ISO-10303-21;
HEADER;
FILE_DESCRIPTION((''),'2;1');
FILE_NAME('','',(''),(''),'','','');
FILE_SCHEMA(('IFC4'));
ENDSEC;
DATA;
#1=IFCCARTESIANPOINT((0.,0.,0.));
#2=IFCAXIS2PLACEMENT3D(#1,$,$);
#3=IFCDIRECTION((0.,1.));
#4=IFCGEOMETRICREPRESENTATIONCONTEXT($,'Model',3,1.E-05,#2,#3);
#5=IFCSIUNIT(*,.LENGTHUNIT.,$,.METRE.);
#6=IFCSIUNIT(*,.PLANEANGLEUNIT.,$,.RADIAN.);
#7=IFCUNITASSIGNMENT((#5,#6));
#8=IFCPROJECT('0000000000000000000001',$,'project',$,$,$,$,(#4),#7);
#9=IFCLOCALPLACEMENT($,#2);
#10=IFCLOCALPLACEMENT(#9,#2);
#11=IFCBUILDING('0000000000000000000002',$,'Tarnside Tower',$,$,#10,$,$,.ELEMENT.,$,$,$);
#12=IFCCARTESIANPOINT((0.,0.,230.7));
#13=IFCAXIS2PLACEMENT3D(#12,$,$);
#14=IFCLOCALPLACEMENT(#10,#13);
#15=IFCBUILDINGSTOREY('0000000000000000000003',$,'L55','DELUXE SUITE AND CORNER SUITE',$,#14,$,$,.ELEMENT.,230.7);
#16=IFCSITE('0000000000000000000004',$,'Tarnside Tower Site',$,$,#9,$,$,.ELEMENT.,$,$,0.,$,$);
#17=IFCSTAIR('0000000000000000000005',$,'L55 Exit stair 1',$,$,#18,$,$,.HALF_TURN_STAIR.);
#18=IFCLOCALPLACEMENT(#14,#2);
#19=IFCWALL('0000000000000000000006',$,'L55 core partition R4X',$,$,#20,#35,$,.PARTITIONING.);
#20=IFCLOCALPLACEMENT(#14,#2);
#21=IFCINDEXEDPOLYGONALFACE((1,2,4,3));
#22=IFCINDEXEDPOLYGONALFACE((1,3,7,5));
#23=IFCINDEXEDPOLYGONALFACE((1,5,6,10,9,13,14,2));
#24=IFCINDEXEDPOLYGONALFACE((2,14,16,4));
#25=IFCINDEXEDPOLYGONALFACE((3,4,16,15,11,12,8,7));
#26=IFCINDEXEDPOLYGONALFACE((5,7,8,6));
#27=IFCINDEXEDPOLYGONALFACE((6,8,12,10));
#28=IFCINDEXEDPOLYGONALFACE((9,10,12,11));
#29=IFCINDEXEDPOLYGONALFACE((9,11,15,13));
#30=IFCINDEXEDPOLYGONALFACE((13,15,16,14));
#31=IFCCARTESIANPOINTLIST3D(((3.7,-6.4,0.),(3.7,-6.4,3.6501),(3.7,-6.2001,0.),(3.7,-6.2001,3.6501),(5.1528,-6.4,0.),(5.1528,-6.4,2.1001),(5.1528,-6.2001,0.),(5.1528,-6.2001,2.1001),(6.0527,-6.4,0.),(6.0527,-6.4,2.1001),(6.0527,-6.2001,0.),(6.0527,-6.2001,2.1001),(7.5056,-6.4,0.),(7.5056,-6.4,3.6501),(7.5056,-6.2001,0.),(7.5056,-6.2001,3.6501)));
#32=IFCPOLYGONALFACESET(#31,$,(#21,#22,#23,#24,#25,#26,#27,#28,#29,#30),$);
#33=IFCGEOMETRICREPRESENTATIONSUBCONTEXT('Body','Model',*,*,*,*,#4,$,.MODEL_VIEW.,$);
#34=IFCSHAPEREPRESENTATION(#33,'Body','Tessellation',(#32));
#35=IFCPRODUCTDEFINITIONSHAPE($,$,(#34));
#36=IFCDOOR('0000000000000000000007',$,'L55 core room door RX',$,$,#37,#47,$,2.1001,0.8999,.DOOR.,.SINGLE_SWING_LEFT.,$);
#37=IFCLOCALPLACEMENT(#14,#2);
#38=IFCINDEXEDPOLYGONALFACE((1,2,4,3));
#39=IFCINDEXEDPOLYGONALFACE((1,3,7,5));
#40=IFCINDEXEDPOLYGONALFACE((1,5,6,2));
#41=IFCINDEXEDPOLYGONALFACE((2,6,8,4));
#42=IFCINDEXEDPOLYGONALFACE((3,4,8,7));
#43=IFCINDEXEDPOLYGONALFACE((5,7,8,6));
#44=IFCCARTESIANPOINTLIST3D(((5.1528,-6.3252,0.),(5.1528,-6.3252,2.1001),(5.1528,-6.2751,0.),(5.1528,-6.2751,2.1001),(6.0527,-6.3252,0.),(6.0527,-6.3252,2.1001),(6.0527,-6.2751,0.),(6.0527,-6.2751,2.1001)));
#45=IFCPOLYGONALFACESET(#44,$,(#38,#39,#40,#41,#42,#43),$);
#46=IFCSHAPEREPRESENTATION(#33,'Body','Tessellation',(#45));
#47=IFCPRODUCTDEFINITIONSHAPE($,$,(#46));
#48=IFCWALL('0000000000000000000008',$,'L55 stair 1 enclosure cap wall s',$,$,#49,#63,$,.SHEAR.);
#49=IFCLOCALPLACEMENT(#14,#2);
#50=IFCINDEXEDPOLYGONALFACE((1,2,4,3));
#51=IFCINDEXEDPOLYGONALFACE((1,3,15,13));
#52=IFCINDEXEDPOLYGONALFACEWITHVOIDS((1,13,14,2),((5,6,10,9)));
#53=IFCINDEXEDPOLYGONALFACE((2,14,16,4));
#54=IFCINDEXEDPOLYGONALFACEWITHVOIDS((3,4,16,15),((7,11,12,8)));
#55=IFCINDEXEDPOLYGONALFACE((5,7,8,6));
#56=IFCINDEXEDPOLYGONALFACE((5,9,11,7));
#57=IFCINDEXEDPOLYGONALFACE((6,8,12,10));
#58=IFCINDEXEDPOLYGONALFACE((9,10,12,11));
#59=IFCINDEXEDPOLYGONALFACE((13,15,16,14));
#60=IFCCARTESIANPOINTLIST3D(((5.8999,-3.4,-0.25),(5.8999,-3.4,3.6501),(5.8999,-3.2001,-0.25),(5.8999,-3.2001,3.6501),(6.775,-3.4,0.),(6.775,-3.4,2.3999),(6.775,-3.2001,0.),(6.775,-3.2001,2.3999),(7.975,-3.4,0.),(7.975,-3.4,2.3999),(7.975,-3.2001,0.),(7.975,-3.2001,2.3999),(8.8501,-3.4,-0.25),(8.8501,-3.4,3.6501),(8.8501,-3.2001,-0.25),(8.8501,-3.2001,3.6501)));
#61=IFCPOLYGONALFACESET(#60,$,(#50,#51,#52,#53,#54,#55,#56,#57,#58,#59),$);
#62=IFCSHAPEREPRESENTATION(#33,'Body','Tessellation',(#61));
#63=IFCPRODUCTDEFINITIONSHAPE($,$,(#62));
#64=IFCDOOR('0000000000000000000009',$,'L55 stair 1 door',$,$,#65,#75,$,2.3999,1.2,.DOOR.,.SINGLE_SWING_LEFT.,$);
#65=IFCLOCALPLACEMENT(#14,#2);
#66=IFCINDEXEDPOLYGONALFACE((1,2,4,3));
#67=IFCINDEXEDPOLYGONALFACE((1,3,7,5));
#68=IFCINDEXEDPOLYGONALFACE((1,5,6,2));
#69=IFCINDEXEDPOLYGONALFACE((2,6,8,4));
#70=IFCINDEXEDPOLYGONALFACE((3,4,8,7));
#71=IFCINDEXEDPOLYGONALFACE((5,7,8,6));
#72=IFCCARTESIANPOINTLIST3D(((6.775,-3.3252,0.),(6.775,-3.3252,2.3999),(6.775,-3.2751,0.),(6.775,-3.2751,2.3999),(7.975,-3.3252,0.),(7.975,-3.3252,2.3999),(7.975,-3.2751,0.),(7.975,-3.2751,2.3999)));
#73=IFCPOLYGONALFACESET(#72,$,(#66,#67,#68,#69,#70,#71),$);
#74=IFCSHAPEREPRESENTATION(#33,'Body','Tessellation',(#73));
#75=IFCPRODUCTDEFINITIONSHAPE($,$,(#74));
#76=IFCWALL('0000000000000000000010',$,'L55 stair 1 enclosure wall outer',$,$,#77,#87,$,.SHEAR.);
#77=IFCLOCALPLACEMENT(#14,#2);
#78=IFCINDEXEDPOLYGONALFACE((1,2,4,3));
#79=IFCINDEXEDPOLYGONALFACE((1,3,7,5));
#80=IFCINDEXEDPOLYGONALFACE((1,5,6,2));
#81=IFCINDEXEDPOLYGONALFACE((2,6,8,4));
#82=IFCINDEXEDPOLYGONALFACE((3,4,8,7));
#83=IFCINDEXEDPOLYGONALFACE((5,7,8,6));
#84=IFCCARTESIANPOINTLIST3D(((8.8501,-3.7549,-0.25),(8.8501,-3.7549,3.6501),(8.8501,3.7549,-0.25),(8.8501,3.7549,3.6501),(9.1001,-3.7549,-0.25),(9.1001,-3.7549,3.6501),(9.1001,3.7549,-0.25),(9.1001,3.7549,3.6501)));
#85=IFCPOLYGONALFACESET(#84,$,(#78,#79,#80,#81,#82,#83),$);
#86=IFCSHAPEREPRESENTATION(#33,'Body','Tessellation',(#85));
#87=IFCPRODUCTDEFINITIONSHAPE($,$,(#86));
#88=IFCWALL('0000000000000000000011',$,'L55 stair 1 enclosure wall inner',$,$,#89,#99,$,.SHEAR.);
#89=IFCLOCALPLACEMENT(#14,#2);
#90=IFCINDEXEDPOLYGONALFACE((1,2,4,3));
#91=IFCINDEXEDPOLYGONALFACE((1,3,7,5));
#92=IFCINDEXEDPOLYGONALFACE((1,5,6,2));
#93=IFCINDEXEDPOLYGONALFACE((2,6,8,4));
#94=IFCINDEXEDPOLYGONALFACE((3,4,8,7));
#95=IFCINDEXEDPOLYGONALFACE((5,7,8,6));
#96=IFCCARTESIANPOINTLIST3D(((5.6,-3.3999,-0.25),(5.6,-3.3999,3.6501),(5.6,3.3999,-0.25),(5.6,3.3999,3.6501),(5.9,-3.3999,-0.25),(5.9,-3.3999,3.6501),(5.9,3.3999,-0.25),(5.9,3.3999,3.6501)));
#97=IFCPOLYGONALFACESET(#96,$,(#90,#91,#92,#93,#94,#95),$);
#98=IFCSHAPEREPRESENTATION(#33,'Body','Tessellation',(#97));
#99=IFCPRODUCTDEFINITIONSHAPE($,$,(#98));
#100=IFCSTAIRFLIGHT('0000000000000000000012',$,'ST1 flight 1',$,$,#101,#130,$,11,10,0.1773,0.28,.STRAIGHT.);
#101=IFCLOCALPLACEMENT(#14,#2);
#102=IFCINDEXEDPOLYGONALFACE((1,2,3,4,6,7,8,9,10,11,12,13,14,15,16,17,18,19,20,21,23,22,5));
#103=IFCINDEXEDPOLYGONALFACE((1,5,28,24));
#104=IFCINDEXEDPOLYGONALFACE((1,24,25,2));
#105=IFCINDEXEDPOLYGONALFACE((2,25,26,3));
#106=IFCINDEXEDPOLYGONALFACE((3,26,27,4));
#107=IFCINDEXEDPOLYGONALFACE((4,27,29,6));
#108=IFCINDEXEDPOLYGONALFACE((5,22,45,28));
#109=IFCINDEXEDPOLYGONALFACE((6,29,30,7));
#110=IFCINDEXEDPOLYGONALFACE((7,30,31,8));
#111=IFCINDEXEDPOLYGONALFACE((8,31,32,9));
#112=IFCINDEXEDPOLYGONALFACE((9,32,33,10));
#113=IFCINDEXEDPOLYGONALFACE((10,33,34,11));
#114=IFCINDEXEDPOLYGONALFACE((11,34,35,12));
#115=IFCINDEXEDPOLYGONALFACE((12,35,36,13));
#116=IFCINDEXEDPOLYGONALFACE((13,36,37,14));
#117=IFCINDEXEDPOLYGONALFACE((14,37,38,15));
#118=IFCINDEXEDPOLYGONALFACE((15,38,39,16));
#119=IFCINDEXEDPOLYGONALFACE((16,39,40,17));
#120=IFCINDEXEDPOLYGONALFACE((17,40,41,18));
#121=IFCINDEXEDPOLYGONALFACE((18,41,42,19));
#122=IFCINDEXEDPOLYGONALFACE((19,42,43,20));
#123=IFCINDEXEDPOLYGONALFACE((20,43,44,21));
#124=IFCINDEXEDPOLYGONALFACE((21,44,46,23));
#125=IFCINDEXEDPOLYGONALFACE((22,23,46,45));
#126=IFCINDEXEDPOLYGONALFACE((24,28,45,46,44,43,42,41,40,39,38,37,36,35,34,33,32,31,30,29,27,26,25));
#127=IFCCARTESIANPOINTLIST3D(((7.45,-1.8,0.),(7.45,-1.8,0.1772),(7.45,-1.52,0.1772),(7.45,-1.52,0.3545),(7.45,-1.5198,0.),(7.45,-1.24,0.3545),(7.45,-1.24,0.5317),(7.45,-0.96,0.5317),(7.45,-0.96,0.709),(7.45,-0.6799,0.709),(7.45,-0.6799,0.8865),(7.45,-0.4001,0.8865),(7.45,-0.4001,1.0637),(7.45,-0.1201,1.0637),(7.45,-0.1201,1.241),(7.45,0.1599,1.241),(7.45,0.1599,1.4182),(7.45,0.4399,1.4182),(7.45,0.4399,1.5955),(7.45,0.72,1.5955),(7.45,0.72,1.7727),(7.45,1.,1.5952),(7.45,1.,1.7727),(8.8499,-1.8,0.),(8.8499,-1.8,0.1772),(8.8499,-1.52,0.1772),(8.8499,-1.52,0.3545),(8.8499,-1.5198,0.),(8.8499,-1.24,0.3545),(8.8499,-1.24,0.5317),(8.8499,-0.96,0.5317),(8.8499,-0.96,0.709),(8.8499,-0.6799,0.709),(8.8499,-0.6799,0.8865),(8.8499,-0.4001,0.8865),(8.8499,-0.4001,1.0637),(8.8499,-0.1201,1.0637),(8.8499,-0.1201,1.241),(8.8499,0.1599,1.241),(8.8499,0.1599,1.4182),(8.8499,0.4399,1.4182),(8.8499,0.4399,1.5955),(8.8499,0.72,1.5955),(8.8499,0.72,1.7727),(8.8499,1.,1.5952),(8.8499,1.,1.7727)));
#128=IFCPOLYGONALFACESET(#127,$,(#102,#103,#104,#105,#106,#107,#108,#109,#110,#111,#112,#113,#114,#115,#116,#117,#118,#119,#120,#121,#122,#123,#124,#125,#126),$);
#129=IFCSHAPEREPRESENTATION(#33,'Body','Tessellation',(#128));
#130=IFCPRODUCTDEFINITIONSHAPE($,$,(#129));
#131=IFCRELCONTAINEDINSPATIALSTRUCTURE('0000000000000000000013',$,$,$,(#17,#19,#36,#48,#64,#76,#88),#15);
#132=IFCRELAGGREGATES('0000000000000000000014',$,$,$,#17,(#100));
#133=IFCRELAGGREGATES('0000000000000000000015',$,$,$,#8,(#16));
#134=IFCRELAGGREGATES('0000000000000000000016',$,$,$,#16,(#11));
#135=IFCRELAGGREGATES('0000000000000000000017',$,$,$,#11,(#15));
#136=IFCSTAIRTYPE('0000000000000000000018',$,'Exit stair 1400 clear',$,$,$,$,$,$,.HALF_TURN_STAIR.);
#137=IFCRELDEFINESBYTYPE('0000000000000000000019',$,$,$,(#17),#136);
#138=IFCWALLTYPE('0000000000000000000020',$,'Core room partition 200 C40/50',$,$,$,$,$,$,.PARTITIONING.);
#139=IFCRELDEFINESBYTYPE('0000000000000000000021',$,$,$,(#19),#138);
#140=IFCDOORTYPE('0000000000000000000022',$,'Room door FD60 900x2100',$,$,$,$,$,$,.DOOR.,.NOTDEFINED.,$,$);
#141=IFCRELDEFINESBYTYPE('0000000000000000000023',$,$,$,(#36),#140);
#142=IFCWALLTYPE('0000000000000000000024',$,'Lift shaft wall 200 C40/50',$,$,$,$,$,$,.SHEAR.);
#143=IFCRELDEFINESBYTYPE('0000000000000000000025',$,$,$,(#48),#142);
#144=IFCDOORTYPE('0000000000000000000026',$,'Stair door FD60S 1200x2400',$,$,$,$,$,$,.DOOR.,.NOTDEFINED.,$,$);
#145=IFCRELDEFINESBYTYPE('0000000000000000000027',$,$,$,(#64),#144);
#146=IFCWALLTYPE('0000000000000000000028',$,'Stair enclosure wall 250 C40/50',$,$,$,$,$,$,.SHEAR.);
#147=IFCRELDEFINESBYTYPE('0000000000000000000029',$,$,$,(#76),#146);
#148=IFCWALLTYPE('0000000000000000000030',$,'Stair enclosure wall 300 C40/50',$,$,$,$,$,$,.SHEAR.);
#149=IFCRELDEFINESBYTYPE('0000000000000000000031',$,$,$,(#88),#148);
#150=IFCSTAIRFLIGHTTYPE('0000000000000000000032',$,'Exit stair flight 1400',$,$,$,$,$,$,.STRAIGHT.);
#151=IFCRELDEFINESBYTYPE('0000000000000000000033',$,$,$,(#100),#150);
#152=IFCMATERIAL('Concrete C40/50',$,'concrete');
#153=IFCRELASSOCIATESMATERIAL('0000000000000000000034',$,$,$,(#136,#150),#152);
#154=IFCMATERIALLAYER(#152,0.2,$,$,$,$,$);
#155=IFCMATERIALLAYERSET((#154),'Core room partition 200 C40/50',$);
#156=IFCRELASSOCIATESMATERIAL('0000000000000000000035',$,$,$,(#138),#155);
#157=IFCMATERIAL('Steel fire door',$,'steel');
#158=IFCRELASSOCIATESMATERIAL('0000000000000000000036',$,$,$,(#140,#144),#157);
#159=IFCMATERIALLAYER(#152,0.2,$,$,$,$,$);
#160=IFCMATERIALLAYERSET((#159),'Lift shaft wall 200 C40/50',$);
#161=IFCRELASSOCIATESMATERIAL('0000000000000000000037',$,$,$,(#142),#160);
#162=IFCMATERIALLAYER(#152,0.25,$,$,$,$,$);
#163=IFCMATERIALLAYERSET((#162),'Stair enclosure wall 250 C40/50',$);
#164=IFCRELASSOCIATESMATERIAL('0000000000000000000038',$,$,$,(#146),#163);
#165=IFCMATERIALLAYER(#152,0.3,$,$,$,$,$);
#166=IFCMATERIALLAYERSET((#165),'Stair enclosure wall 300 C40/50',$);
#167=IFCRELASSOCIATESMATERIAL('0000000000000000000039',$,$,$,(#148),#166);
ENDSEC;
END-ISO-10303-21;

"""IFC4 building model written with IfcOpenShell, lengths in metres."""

from ifc_helpers import new_model, si_unit, direction, frame, frame_2d, origin, place, context, subcontext, project, spatial, polyline, rectangle, outline, extrude, material, layer, layer_set, type_object, element, fill, aggregate, save


model = new_model("IFC4")

# Units and contexts
model_context = context("Model", 3, precision=1e-05, world=origin(), true_north=direction((0.0, 1.0)))
body_context = subcontext(model_context, "Body", "Model", "MODEL_VIEW")
ifc_project = project(units=[si_unit("LENGTHUNIT", "METRE"), si_unit("PLANEANGLEUNIT", "RADIAN")], contexts=[model_context])

# Site, building, storey
site_placement = place(None, origin())
site = spatial("IfcSite", under=ifc_project, at=site_placement, Name="Tarnside Tower Site", CompositionType="ELEMENT", RefElevation=0.0)
building_placement = place(site_placement, origin())
building = spatial("IfcBuilding", under=site, at=building_placement, Name="Tarnside Tower", CompositionType="ELEMENT")
storey_placement = place(building_placement, frame((0.0, 0.0, 230.7)))
storey = spatial("IfcBuildingStorey", under=building, at=storey_placement, Name="L55", Description="DELUXE SUITE AND CORNER SUITE", CompositionType="ELEMENT", Elevation=230.7)

# Shared definitions
ifc_material_1 = material(Name="Concrete C40/50", Category="concrete")

# Stair
stair_type = type_object("IfcStairType", Name="Exit stair 1400 clear", PredefinedType="HALF_TURN_STAIR", material=ifc_material_1)
stair_1_placement = place(storey_placement, origin())
stair_1 = element("IfcStair", 1, at=stair_1_placement, inside=storey, type_object=stair_type, Name="L55 Exit stair 1", PredefinedType="HALF_TURN_STAIR")

# Shared definitions
ifc_layer_1 = layer(ifc_material_1, 0.2)
ifc_layer_set_1 = layer_set([ifc_layer_1], Name="Core room partition 200 C40/50")
wall_type_1 = type_object("IfcWallType", Name="Core room partition 200 C40/50", PredefinedType="PARTITIONING", material=ifc_layer_set_1)
ifc_material_2 = material(Name="Steel fire door", Category="steel")
door_type_1 = type_object("IfcDoorType", Name="Room door FD60 900x2100", OperationType="NOTDEFINED", PredefinedType="DOOR", material=ifc_material_2)

# Walls, openings, doors
wall_1_placement = place(storey_placement, frame((3.7, -6.3, 0.0), z_axis=(0.0, 0.0, 1.0), x_axis=(1.0, 0.0, 0.0)))
wall_1 = element("IfcWall", 2, at=wall_1_placement, inside=storey, type_object=wall_type_1, Name="L55 core partition R4X", PredefinedType="PARTITIONING", context=body_context, shape_type="SweptSolid", body=[
    extrude(rectangle(XDim=3.8057, YDim=0.2, at=frame_2d((1.9028, 0.0))), origin(), (0.0, 0.0, 1.0), 3.6501),
])
opening_1_placement = place(wall_1_placement, frame((1.4529, 0.0, 0.0)))
opening_1 = element("IfcOpeningElement", 3, at=opening_1_placement, cuts=wall_1, PredefinedType="OPENING", context=body_context, shape_type="SweptSolid", body=[
    extrude(rectangle(XDim=0.8999, YDim=2.1001, at=frame_2d((0.45, 1.05))), frame((0.0, 0.1099, 0.0), z_axis=(0.0, -1.0, 0.0), x_axis=(1.0, 0.0, 0.0)), (0.0, 0.0, 1.0), 0.22),
])
door_1_placement = place(opening_1_placement, origin())
door_1 = element("IfcDoor", 4, at=door_1_placement, inside=storey, type_object=door_type_1, Name="L55 core room door RX", OperationType="SINGLE_SWING_LEFT", OverallHeight=2.1001, OverallWidth=0.8999, PredefinedType="DOOR", context=body_context, shape_type="SweptSolid", body=[
    extrude(rectangle(XDim=0.8999, YDim=2.1001, at=frame_2d((0.45, 1.05))), frame((0.0, 0.0249, 0.0), z_axis=(0.0, -1.0, 0.0), x_axis=(1.0, 0.0, 0.0)), (0.0, 0.0, 1.0), 0.05),
])
fill(opening_1, door_1)
ifc_layer_2 = layer(ifc_material_1, 0.2)
ifc_layer_set_2 = layer_set([ifc_layer_2], Name="Lift shaft wall 200 C40/50")
wall_type_2 = type_object("IfcWallType", Name="Lift shaft wall 200 C40/50", PredefinedType="SHEAR", material=ifc_layer_set_2)
wall_2_placement = place(storey_placement, frame((5.8999, -3.3, -0.25), z_axis=(0.0, 0.0, 1.0), x_axis=(1.0, 0.0, 0.0)))
wall_2 = element("IfcWall", 5, at=wall_2_placement, inside=storey, type_object=wall_type_2, Name="L55 stair 1 enclosure cap wall s", PredefinedType="SHEAR", context=body_context, shape_type="SweptSolid", body=[
    extrude(rectangle(XDim=2.9502, YDim=0.2, at=frame_2d((1.4751, 0.0))), origin(), (0.0, 0.0, 1.0), 3.9001),
])
opening_2_placement = place(wall_2_placement, frame((0.875, 0.0, 0.25)))
opening_2 = element("IfcOpeningElement", 6, at=opening_2_placement, cuts=wall_2, PredefinedType="OPENING", context=body_context, shape_type="SweptSolid", body=[
    extrude(rectangle(XDim=1.2, YDim=2.3999, at=frame_2d((0.6001, 1.2))), frame((0.0, 0.1099, 0.0), z_axis=(0.0, -1.0, 0.0), x_axis=(1.0, 0.0, 0.0)), (0.0, 0.0, 1.0), 0.22),
])
door_type_2 = type_object("IfcDoorType", Name="Stair door FD60S 1200x2400", OperationType="NOTDEFINED", PredefinedType="DOOR", material=ifc_material_2)
door_2_placement = place(opening_2_placement, origin())
door_2 = element("IfcDoor", 7, at=door_2_placement, inside=storey, type_object=door_type_2, Name="L55 stair 1 door", OperationType="SINGLE_SWING_LEFT", OverallHeight=2.3999, OverallWidth=1.2, PredefinedType="DOOR", context=body_context, shape_type="SweptSolid", body=[
    extrude(rectangle(XDim=1.2, YDim=2.3999, at=frame_2d((0.6001, 1.2))), frame((0.0, 0.0249, 0.0), z_axis=(0.0, -1.0, 0.0), x_axis=(1.0, 0.0, 0.0)), (0.0, 0.0, 1.0), 0.05),
])
fill(opening_2, door_2)

# Walls
ifc_layer_3 = layer(ifc_material_1, 0.25)
ifc_layer_set_3 = layer_set([ifc_layer_3], Name="Stair enclosure wall 250 C40/50")
wall_type_3 = type_object("IfcWallType", Name="Stair enclosure wall 250 C40/50", PredefinedType="SHEAR", material=ifc_layer_set_3)
wall_3_placement = place(storey_placement, frame((8.9751, -3.7549, -0.25), z_axis=(0.0, 0.0, 1.0), x_axis=(0.0, 1.0, 0.0)))
element("IfcWall", 8, at=wall_3_placement, inside=storey, type_object=wall_type_3, Name="L55 stair 1 enclosure wall outer", PredefinedType="SHEAR", context=body_context, shape_type="SweptSolid", body=[
    extrude(rectangle(XDim=7.5098, YDim=0.25, at=frame_2d((3.7549, 0.0))), origin(), (0.0, 0.0, 1.0), 3.9001),
])
ifc_layer_4 = layer(ifc_material_1, 0.3)
ifc_layer_set_4 = layer_set([ifc_layer_4], Name="Stair enclosure wall 300 C40/50")
wall_type_4 = type_object("IfcWallType", Name="Stair enclosure wall 300 C40/50", PredefinedType="SHEAR", material=ifc_layer_set_4)
wall_4_placement = place(storey_placement, frame((5.75, -3.3999, -0.25), z_axis=(0.0, 0.0, 1.0), x_axis=(0.0, 1.0, 0.0)))
element("IfcWall", 9, at=wall_4_placement, inside=storey, type_object=wall_type_4, Name="L55 stair 1 enclosure wall inner", PredefinedType="SHEAR", context=body_context, shape_type="SweptSolid", body=[
    extrude(rectangle(XDim=6.7998, YDim=0.3, at=frame_2d((3.3999, 0.0))), origin(), (0.0, 0.0, 1.0), 3.9001),
])

# Stair flight
stair_flight_type = type_object("IfcStairFlightType", Name="Exit stair flight 1400", PredefinedType="STRAIGHT", material=ifc_material_1)
stair_flight_placement = place(storey_placement, frame((8.1499, -1.8, 0.0), z_axis=(0.0, 0.0, 1.0), x_axis=(0.0, 1.0, 0.0)))
stair_flight = element("IfcStairFlight", 10, at=stair_flight_placement, type_object=stair_flight_type, Name="ST1 flight 1", NumberOfRisers=11, NumberOfTreads=10, PredefinedType="STRAIGHT", RiserHeight=0.1773, TreadLength=0.28, context=body_context, shape_type="SweptSolid", body=[
    extrude(outline(polyline([(0.0, 0.0), (0.0, 0.1772), (0.28, 0.1772), (0.28, 0.3545), (0.5601, 0.3545), (0.5601, 0.5317), (0.8401, 0.5317), (0.8401, 0.709), (1.1201, 0.709), (1.1201, 0.8865), (1.3999, 0.8865), (1.3999, 1.0637), (1.6799, 1.0637), (1.6799, 1.241), (1.96, 1.241), (1.96, 1.4182), (2.24, 1.4182), (2.24, 1.5955), (2.52, 1.5955), (2.52, 1.7727), (2.8, 1.7727), (2.8, 1.95), (2.8, 1.5952), (0.2803, 0.0), (0.0, 0.0)])), frame((0.0, 0.7, 0.0), z_axis=(0.0, -1.0, 0.0), x_axis=(1.0, 0.0, 0.0)), (0.0, 0.0, 1.0), 1.3999),
])
aggregate(stair_1, [stair_flight])

save(model, "model.ifc")
